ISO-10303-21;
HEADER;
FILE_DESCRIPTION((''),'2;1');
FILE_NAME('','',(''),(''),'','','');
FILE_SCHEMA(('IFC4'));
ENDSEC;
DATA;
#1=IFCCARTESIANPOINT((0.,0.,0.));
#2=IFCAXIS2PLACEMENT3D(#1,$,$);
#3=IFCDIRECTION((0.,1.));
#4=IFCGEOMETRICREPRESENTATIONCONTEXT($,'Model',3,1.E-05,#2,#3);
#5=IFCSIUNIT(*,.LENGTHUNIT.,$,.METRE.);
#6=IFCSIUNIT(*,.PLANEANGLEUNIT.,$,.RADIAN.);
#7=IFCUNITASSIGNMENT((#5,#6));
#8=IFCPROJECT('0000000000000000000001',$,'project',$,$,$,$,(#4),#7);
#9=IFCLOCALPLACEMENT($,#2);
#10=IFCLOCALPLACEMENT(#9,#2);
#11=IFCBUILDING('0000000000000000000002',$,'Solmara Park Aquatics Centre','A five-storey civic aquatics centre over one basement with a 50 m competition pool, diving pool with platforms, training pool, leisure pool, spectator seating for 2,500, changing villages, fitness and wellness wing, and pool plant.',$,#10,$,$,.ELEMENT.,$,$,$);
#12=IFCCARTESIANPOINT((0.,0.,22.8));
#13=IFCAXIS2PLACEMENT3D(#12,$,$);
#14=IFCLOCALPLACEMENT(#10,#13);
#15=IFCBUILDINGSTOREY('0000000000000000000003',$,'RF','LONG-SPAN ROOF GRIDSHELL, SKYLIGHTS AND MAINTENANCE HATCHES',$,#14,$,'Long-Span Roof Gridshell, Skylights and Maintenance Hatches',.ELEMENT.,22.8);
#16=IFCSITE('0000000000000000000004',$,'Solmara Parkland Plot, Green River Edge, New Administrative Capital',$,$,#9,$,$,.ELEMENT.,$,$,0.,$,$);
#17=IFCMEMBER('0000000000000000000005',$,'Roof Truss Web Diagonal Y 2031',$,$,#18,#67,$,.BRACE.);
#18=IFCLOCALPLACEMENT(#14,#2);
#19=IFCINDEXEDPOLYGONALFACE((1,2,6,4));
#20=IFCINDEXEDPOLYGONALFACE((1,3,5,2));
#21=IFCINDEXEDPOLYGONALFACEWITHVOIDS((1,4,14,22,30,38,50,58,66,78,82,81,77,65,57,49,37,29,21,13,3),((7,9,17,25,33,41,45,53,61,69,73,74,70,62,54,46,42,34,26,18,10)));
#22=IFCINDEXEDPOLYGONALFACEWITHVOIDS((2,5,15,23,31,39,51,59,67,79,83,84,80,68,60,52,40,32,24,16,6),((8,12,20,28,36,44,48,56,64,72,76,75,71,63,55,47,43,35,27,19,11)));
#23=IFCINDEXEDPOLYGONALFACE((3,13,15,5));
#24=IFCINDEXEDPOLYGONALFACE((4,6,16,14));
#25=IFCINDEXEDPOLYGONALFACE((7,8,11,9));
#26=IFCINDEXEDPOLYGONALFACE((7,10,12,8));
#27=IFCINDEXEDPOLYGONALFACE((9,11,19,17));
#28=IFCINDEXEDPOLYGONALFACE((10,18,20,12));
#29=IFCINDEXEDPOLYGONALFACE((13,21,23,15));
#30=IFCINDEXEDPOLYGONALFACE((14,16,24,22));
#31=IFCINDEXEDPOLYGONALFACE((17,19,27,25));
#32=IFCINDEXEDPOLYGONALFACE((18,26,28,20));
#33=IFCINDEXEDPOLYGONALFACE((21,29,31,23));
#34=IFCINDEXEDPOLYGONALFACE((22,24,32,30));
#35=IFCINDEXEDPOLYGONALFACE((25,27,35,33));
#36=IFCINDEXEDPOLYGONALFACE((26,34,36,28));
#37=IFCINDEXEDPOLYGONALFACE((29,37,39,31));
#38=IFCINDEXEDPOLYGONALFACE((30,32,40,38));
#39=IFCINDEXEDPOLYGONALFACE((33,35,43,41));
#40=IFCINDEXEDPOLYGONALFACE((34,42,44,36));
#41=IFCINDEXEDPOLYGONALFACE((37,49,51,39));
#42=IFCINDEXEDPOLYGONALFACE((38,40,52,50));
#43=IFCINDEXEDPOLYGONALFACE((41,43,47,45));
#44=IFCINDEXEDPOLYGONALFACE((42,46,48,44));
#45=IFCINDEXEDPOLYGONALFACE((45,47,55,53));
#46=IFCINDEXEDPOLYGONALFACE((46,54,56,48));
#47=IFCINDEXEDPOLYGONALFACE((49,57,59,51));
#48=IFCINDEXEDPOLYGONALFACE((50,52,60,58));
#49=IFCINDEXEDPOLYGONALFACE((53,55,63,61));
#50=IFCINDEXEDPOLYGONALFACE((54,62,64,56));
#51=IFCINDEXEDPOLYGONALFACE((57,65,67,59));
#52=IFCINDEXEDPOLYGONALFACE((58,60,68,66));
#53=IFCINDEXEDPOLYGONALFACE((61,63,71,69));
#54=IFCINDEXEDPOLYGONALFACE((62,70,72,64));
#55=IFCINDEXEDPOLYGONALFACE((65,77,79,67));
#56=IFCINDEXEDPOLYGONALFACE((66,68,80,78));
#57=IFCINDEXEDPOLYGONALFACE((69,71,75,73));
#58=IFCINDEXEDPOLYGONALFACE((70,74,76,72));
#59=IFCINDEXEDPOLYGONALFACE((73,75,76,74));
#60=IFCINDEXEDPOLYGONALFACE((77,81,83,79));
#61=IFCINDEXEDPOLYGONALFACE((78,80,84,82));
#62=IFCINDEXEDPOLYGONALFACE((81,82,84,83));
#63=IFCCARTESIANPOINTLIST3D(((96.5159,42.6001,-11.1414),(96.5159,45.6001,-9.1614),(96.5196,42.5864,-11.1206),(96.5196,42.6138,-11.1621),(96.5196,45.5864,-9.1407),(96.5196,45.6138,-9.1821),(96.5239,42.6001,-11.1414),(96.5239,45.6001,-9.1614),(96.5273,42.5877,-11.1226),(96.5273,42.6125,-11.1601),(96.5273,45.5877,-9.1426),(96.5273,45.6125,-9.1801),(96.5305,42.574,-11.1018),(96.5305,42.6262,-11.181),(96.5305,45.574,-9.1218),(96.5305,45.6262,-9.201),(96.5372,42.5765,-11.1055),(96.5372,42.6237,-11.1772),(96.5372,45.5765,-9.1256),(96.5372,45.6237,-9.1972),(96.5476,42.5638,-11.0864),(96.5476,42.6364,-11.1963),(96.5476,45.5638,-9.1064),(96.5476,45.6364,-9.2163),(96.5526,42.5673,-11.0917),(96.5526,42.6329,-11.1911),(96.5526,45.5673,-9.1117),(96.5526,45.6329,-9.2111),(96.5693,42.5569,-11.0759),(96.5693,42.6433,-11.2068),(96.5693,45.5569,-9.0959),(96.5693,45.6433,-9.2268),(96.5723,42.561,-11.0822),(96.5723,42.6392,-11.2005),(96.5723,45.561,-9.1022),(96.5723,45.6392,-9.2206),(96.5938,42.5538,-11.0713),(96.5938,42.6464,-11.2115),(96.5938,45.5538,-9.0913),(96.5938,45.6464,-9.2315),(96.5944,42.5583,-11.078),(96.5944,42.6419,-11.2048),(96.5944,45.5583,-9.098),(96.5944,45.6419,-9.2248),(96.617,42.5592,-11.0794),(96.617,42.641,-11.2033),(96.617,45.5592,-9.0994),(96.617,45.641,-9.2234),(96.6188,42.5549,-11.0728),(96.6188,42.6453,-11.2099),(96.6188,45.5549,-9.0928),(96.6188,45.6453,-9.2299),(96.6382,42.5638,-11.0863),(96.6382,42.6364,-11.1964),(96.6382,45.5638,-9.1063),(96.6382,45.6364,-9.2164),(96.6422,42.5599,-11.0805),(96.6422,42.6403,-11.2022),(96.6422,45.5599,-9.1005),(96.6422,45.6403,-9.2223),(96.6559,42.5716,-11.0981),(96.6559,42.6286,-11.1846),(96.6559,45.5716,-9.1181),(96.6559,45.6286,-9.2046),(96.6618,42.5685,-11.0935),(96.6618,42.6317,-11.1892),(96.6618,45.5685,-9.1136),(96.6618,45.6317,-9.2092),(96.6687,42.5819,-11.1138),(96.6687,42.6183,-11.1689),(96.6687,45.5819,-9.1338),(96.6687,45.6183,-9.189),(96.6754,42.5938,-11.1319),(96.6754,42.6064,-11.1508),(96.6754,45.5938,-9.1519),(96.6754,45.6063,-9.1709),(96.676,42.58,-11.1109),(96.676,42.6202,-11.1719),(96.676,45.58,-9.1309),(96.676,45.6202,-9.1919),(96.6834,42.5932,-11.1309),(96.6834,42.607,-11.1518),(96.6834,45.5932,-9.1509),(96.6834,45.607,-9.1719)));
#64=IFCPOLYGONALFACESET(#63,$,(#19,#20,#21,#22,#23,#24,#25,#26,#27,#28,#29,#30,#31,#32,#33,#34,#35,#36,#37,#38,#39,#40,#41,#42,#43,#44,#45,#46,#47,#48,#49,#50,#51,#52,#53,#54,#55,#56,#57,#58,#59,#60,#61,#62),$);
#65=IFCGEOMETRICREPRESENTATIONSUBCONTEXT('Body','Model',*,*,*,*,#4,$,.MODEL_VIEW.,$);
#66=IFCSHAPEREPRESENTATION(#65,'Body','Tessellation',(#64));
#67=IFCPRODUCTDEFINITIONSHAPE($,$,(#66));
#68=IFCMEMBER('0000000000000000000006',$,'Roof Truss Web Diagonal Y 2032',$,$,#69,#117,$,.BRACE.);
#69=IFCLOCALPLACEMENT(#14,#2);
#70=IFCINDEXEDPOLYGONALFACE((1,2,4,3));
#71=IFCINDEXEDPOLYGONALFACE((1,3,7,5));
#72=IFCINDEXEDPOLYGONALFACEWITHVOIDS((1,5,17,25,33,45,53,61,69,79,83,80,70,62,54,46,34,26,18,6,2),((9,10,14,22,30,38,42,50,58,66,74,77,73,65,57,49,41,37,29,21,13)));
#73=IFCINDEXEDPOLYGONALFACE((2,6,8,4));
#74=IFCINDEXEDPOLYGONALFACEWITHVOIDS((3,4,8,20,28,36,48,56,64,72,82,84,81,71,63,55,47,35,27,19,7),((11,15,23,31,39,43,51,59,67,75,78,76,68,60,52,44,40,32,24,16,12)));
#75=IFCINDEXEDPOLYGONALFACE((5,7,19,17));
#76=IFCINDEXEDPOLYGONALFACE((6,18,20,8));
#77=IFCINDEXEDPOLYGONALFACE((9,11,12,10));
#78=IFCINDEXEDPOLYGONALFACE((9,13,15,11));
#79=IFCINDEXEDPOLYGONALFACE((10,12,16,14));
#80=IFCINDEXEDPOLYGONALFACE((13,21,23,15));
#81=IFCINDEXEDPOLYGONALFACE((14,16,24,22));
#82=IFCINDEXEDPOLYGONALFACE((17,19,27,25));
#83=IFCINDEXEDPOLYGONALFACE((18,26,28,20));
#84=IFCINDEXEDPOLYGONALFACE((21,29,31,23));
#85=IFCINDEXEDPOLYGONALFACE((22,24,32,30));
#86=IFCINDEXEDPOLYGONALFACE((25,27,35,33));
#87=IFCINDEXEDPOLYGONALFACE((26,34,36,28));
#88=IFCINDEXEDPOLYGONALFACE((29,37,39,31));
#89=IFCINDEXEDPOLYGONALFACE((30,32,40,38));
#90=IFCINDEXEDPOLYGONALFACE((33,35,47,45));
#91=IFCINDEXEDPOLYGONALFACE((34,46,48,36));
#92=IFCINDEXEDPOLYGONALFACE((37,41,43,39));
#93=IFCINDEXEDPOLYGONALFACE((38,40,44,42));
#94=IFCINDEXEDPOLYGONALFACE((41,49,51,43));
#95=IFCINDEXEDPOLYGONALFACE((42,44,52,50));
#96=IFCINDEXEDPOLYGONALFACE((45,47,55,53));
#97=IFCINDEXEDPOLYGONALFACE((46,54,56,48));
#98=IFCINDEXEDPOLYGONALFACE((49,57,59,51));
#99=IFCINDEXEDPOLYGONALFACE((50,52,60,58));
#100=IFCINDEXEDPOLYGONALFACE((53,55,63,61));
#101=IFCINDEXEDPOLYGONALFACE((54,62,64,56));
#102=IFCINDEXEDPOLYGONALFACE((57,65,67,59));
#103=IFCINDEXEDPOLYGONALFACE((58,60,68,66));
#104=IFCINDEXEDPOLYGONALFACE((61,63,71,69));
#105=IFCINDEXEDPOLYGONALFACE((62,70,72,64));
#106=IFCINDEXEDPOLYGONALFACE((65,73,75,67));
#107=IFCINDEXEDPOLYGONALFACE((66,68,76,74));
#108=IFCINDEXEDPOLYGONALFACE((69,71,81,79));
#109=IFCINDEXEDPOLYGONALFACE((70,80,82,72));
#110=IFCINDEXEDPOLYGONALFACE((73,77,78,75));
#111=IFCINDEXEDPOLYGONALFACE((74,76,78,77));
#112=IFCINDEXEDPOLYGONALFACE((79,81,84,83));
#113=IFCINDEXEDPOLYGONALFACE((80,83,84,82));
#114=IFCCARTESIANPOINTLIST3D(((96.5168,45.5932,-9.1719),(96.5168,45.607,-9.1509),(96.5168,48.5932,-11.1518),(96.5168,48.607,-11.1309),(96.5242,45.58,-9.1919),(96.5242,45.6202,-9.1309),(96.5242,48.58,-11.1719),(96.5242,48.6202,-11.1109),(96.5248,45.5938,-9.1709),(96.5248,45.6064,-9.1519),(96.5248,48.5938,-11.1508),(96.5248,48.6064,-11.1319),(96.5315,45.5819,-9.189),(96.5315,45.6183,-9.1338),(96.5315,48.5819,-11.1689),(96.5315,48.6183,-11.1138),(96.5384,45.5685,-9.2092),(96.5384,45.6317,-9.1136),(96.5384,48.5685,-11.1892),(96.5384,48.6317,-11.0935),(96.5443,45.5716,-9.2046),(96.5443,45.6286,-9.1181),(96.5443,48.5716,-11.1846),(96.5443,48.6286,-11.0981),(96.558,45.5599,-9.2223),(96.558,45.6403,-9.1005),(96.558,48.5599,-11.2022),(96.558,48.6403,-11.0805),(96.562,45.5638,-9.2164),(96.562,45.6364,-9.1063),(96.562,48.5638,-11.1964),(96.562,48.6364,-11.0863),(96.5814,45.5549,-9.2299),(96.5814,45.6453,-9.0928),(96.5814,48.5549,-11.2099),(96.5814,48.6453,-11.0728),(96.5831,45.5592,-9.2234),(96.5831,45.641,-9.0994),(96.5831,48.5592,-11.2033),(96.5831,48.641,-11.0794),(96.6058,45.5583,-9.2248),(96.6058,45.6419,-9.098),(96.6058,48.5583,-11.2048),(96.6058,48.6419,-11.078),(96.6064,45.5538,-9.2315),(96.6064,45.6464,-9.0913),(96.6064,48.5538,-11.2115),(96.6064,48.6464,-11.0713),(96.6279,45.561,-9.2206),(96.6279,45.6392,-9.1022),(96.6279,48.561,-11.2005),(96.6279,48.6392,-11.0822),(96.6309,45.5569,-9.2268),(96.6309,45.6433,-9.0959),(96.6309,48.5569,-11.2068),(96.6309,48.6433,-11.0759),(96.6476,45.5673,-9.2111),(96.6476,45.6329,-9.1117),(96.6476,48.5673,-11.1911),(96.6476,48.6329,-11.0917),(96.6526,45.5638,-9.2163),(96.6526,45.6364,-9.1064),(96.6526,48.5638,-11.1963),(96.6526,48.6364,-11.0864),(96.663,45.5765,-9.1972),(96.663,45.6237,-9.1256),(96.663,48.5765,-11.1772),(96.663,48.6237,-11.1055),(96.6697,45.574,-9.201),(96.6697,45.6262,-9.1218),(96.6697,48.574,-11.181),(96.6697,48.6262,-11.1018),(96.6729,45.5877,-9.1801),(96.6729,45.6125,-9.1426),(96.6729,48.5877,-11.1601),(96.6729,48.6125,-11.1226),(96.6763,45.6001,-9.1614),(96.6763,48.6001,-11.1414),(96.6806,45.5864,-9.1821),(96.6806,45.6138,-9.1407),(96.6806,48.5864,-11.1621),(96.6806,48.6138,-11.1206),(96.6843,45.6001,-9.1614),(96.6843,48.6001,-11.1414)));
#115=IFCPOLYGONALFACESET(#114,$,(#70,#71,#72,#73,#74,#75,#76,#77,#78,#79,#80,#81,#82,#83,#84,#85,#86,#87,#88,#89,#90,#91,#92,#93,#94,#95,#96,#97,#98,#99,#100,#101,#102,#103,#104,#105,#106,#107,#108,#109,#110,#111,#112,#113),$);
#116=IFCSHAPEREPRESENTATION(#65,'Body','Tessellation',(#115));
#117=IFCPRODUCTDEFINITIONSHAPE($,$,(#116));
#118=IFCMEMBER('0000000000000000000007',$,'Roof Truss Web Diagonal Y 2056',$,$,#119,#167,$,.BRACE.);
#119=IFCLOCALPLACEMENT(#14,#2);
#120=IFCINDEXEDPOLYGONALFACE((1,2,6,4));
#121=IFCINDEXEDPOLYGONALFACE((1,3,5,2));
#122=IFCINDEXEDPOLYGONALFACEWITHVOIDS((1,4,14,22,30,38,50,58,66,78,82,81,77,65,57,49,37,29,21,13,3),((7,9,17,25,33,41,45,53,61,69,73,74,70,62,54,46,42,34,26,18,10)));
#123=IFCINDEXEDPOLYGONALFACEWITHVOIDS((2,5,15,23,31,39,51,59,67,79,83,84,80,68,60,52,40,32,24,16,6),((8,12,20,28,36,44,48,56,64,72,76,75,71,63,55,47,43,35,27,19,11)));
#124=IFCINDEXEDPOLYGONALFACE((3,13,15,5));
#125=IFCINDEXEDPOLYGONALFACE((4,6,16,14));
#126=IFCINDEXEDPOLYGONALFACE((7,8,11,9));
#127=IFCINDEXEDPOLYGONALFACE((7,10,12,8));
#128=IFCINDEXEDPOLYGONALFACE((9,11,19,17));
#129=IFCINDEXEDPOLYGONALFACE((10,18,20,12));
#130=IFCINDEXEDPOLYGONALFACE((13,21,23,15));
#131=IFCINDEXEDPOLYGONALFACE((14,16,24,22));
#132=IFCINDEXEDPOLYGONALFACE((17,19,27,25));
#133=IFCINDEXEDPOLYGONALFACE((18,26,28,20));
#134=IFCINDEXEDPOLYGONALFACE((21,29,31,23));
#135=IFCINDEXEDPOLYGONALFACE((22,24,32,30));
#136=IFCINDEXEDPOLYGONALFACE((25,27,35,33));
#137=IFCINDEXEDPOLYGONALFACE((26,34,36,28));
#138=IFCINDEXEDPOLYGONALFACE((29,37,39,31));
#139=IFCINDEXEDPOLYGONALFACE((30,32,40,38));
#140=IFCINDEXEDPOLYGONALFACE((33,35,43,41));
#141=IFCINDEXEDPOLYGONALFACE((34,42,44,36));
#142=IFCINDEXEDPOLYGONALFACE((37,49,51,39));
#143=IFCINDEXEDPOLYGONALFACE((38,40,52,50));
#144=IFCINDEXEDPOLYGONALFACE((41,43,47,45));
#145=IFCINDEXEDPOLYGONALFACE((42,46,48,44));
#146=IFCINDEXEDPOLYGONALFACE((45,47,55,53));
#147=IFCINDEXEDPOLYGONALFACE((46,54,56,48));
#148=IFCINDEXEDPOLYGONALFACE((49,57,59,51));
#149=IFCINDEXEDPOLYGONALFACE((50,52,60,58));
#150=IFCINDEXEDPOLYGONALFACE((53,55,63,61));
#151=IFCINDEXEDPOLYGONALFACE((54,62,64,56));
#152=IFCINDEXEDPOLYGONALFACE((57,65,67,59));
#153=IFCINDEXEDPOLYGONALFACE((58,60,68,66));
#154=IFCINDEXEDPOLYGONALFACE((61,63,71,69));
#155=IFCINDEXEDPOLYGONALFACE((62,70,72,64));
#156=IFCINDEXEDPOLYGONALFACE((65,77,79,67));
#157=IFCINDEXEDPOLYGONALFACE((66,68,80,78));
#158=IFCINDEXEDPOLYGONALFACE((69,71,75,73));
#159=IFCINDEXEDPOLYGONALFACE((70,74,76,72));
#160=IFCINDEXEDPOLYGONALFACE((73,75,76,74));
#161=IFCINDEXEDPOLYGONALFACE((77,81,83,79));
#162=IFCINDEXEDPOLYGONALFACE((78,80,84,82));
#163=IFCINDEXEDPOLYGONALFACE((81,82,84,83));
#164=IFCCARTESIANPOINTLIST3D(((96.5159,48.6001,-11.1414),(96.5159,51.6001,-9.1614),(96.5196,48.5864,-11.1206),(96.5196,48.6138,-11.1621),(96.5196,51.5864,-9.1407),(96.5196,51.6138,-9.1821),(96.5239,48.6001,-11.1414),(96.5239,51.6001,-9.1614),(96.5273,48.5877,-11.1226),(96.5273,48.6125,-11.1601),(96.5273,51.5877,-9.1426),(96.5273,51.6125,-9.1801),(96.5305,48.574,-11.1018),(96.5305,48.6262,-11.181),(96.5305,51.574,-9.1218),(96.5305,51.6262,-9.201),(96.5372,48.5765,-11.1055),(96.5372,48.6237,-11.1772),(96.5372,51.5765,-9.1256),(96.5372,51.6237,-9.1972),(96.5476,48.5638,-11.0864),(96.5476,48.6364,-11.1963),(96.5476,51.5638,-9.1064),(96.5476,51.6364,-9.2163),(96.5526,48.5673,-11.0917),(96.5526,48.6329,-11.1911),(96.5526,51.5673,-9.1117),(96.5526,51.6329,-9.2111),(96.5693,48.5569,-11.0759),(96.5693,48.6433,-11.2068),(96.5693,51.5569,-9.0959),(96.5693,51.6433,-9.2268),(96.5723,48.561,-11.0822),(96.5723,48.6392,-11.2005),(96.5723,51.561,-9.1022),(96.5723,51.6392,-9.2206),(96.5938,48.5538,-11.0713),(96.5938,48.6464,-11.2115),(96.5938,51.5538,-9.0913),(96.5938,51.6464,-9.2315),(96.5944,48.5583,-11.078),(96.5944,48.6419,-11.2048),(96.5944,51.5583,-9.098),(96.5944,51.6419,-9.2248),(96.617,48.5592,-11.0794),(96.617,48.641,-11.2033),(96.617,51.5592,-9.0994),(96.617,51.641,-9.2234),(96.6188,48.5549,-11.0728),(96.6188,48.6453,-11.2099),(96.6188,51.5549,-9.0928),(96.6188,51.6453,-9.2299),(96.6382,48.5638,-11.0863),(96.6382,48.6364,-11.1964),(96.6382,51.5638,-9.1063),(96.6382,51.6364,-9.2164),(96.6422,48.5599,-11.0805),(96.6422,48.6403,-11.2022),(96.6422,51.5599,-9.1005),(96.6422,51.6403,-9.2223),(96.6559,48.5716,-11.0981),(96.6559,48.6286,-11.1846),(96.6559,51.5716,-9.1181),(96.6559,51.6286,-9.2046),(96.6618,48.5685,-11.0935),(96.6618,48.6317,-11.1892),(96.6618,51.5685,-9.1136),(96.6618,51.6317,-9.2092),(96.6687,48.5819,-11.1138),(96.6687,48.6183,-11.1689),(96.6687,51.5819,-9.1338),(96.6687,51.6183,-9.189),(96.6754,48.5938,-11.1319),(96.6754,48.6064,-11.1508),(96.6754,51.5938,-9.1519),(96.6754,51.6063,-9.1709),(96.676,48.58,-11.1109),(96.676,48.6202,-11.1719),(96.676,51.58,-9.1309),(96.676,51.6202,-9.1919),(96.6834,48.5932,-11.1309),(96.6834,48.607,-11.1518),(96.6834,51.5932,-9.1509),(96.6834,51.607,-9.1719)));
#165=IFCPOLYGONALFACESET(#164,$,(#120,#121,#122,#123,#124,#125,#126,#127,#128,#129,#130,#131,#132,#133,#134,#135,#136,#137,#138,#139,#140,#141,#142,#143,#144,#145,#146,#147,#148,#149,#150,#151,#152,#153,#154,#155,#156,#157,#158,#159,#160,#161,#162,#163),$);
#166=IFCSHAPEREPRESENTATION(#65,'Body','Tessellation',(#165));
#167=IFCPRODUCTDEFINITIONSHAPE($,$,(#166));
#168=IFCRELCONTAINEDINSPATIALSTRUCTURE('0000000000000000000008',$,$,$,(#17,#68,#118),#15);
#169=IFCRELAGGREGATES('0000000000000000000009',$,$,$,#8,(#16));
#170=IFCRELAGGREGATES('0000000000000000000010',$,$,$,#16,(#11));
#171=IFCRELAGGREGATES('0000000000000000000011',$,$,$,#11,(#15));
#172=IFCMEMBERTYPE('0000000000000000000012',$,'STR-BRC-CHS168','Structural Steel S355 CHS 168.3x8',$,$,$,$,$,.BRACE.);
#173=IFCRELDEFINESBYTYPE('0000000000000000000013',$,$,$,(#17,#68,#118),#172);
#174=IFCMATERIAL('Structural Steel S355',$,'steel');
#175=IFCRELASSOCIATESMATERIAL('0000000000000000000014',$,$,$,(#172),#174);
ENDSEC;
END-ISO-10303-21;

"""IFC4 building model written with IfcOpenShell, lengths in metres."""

from ifc_helpers import new_model, si_unit, direction, frame, origin, origin_2d, place, context, subcontext, project, spatial, hollow_circle, extrude, material, material_profile, profile_set, type_object, element, save


model = new_model("IFC4")

# Units and contexts
model_context = context("Model", 3, precision=1e-05, world=origin(), true_north=direction((0.0, 1.0)))
body_context = subcontext(model_context, "Body", "Model", "MODEL_VIEW")
ifc_project = project(units=[si_unit("LENGTHUNIT", "METRE"), si_unit("PLANEANGLEUNIT", "RADIAN")], contexts=[model_context])

# Site, building, storey
site_placement = place(None, origin())
site = spatial("IfcSite", under=ifc_project, at=site_placement, Name="Solmara Parkland Plot, Green River Edge, New Administrative Capital", CompositionType="ELEMENT", RefElevation=0.0)
building_placement = place(site_placement, origin())
building = spatial("IfcBuilding", under=site, at=building_placement, Name="Solmara Park Aquatics Centre", Description="A five-storey civic aquatics centre over one basement with a 50 m competition pool, diving pool with platforms, training pool, leisure pool, spectator seating for 2,500, changing villages, fitness and wellness wing, and pool plant.", CompositionType="ELEMENT")
storey_placement = place(building_placement, frame((0.0, 0.0, 22.8)))
storey = spatial("IfcBuildingStorey", under=building, at=storey_placement, Name="RF", Description="LONG-SPAN ROOF GRIDSHELL, SKYLIGHTS AND MAINTENANCE HATCHES", LongName="Long-Span Roof Gridshell, Skylights and Maintenance Hatches", CompositionType="ELEMENT", Elevation=22.8)

# Members
ifc_material_1 = material(Name="Structural Steel S355", Category="steel")
ifc_material_profile_1 = material_profile(ifc_material_1, hollow_circle(Radius=0.0842, WallThickness=0.0081, at=origin_2d()), Name="CHS 168.3x8")
ifc_profile_set_1 = profile_set([ifc_material_profile_1], Name="Structural Steel S355")
member_type_1 = type_object("IfcMemberType", Name="STR-BRC-CHS168", Description="Structural Steel S355 CHS 168.3x8", PredefinedType="BRACE", material=ifc_profile_set_1)
for number, where, z_axis, x_axis, name in (
    (1, (96.6001, 42.6001, -11.1414), (0.0, 0.834612, 0.550838), (-1.0, 0.0, 0.0), "Roof Truss Web Diagonal Y 2031"),
    (2, (96.6001, 48.6001, -11.1414), (0.0, -0.834612, 0.550838), (1.0, 0.0, 0.0), "Roof Truss Web Diagonal Y 2032"),
    (3, (96.6001, 48.6001, -11.1414), (0.0, 0.834612, 0.550838), (-1.0, 0.0, 0.0), "Roof Truss Web Diagonal Y 2056"),
):
    element("IfcMember", number, at=place(storey_placement, frame(where, z_axis=z_axis, x_axis=x_axis)), inside=storey, type_object=member_type_1, Name=name, PredefinedType="BRACE", context=body_context, shape_type="SweptSolid", body=[
        extrude(hollow_circle(Radius=0.0842, WallThickness=0.0081, at=origin_2d()), origin(), (0.0, 0.0, 1.0), 3.5945),
    ])

save(model, "model.ifc")
